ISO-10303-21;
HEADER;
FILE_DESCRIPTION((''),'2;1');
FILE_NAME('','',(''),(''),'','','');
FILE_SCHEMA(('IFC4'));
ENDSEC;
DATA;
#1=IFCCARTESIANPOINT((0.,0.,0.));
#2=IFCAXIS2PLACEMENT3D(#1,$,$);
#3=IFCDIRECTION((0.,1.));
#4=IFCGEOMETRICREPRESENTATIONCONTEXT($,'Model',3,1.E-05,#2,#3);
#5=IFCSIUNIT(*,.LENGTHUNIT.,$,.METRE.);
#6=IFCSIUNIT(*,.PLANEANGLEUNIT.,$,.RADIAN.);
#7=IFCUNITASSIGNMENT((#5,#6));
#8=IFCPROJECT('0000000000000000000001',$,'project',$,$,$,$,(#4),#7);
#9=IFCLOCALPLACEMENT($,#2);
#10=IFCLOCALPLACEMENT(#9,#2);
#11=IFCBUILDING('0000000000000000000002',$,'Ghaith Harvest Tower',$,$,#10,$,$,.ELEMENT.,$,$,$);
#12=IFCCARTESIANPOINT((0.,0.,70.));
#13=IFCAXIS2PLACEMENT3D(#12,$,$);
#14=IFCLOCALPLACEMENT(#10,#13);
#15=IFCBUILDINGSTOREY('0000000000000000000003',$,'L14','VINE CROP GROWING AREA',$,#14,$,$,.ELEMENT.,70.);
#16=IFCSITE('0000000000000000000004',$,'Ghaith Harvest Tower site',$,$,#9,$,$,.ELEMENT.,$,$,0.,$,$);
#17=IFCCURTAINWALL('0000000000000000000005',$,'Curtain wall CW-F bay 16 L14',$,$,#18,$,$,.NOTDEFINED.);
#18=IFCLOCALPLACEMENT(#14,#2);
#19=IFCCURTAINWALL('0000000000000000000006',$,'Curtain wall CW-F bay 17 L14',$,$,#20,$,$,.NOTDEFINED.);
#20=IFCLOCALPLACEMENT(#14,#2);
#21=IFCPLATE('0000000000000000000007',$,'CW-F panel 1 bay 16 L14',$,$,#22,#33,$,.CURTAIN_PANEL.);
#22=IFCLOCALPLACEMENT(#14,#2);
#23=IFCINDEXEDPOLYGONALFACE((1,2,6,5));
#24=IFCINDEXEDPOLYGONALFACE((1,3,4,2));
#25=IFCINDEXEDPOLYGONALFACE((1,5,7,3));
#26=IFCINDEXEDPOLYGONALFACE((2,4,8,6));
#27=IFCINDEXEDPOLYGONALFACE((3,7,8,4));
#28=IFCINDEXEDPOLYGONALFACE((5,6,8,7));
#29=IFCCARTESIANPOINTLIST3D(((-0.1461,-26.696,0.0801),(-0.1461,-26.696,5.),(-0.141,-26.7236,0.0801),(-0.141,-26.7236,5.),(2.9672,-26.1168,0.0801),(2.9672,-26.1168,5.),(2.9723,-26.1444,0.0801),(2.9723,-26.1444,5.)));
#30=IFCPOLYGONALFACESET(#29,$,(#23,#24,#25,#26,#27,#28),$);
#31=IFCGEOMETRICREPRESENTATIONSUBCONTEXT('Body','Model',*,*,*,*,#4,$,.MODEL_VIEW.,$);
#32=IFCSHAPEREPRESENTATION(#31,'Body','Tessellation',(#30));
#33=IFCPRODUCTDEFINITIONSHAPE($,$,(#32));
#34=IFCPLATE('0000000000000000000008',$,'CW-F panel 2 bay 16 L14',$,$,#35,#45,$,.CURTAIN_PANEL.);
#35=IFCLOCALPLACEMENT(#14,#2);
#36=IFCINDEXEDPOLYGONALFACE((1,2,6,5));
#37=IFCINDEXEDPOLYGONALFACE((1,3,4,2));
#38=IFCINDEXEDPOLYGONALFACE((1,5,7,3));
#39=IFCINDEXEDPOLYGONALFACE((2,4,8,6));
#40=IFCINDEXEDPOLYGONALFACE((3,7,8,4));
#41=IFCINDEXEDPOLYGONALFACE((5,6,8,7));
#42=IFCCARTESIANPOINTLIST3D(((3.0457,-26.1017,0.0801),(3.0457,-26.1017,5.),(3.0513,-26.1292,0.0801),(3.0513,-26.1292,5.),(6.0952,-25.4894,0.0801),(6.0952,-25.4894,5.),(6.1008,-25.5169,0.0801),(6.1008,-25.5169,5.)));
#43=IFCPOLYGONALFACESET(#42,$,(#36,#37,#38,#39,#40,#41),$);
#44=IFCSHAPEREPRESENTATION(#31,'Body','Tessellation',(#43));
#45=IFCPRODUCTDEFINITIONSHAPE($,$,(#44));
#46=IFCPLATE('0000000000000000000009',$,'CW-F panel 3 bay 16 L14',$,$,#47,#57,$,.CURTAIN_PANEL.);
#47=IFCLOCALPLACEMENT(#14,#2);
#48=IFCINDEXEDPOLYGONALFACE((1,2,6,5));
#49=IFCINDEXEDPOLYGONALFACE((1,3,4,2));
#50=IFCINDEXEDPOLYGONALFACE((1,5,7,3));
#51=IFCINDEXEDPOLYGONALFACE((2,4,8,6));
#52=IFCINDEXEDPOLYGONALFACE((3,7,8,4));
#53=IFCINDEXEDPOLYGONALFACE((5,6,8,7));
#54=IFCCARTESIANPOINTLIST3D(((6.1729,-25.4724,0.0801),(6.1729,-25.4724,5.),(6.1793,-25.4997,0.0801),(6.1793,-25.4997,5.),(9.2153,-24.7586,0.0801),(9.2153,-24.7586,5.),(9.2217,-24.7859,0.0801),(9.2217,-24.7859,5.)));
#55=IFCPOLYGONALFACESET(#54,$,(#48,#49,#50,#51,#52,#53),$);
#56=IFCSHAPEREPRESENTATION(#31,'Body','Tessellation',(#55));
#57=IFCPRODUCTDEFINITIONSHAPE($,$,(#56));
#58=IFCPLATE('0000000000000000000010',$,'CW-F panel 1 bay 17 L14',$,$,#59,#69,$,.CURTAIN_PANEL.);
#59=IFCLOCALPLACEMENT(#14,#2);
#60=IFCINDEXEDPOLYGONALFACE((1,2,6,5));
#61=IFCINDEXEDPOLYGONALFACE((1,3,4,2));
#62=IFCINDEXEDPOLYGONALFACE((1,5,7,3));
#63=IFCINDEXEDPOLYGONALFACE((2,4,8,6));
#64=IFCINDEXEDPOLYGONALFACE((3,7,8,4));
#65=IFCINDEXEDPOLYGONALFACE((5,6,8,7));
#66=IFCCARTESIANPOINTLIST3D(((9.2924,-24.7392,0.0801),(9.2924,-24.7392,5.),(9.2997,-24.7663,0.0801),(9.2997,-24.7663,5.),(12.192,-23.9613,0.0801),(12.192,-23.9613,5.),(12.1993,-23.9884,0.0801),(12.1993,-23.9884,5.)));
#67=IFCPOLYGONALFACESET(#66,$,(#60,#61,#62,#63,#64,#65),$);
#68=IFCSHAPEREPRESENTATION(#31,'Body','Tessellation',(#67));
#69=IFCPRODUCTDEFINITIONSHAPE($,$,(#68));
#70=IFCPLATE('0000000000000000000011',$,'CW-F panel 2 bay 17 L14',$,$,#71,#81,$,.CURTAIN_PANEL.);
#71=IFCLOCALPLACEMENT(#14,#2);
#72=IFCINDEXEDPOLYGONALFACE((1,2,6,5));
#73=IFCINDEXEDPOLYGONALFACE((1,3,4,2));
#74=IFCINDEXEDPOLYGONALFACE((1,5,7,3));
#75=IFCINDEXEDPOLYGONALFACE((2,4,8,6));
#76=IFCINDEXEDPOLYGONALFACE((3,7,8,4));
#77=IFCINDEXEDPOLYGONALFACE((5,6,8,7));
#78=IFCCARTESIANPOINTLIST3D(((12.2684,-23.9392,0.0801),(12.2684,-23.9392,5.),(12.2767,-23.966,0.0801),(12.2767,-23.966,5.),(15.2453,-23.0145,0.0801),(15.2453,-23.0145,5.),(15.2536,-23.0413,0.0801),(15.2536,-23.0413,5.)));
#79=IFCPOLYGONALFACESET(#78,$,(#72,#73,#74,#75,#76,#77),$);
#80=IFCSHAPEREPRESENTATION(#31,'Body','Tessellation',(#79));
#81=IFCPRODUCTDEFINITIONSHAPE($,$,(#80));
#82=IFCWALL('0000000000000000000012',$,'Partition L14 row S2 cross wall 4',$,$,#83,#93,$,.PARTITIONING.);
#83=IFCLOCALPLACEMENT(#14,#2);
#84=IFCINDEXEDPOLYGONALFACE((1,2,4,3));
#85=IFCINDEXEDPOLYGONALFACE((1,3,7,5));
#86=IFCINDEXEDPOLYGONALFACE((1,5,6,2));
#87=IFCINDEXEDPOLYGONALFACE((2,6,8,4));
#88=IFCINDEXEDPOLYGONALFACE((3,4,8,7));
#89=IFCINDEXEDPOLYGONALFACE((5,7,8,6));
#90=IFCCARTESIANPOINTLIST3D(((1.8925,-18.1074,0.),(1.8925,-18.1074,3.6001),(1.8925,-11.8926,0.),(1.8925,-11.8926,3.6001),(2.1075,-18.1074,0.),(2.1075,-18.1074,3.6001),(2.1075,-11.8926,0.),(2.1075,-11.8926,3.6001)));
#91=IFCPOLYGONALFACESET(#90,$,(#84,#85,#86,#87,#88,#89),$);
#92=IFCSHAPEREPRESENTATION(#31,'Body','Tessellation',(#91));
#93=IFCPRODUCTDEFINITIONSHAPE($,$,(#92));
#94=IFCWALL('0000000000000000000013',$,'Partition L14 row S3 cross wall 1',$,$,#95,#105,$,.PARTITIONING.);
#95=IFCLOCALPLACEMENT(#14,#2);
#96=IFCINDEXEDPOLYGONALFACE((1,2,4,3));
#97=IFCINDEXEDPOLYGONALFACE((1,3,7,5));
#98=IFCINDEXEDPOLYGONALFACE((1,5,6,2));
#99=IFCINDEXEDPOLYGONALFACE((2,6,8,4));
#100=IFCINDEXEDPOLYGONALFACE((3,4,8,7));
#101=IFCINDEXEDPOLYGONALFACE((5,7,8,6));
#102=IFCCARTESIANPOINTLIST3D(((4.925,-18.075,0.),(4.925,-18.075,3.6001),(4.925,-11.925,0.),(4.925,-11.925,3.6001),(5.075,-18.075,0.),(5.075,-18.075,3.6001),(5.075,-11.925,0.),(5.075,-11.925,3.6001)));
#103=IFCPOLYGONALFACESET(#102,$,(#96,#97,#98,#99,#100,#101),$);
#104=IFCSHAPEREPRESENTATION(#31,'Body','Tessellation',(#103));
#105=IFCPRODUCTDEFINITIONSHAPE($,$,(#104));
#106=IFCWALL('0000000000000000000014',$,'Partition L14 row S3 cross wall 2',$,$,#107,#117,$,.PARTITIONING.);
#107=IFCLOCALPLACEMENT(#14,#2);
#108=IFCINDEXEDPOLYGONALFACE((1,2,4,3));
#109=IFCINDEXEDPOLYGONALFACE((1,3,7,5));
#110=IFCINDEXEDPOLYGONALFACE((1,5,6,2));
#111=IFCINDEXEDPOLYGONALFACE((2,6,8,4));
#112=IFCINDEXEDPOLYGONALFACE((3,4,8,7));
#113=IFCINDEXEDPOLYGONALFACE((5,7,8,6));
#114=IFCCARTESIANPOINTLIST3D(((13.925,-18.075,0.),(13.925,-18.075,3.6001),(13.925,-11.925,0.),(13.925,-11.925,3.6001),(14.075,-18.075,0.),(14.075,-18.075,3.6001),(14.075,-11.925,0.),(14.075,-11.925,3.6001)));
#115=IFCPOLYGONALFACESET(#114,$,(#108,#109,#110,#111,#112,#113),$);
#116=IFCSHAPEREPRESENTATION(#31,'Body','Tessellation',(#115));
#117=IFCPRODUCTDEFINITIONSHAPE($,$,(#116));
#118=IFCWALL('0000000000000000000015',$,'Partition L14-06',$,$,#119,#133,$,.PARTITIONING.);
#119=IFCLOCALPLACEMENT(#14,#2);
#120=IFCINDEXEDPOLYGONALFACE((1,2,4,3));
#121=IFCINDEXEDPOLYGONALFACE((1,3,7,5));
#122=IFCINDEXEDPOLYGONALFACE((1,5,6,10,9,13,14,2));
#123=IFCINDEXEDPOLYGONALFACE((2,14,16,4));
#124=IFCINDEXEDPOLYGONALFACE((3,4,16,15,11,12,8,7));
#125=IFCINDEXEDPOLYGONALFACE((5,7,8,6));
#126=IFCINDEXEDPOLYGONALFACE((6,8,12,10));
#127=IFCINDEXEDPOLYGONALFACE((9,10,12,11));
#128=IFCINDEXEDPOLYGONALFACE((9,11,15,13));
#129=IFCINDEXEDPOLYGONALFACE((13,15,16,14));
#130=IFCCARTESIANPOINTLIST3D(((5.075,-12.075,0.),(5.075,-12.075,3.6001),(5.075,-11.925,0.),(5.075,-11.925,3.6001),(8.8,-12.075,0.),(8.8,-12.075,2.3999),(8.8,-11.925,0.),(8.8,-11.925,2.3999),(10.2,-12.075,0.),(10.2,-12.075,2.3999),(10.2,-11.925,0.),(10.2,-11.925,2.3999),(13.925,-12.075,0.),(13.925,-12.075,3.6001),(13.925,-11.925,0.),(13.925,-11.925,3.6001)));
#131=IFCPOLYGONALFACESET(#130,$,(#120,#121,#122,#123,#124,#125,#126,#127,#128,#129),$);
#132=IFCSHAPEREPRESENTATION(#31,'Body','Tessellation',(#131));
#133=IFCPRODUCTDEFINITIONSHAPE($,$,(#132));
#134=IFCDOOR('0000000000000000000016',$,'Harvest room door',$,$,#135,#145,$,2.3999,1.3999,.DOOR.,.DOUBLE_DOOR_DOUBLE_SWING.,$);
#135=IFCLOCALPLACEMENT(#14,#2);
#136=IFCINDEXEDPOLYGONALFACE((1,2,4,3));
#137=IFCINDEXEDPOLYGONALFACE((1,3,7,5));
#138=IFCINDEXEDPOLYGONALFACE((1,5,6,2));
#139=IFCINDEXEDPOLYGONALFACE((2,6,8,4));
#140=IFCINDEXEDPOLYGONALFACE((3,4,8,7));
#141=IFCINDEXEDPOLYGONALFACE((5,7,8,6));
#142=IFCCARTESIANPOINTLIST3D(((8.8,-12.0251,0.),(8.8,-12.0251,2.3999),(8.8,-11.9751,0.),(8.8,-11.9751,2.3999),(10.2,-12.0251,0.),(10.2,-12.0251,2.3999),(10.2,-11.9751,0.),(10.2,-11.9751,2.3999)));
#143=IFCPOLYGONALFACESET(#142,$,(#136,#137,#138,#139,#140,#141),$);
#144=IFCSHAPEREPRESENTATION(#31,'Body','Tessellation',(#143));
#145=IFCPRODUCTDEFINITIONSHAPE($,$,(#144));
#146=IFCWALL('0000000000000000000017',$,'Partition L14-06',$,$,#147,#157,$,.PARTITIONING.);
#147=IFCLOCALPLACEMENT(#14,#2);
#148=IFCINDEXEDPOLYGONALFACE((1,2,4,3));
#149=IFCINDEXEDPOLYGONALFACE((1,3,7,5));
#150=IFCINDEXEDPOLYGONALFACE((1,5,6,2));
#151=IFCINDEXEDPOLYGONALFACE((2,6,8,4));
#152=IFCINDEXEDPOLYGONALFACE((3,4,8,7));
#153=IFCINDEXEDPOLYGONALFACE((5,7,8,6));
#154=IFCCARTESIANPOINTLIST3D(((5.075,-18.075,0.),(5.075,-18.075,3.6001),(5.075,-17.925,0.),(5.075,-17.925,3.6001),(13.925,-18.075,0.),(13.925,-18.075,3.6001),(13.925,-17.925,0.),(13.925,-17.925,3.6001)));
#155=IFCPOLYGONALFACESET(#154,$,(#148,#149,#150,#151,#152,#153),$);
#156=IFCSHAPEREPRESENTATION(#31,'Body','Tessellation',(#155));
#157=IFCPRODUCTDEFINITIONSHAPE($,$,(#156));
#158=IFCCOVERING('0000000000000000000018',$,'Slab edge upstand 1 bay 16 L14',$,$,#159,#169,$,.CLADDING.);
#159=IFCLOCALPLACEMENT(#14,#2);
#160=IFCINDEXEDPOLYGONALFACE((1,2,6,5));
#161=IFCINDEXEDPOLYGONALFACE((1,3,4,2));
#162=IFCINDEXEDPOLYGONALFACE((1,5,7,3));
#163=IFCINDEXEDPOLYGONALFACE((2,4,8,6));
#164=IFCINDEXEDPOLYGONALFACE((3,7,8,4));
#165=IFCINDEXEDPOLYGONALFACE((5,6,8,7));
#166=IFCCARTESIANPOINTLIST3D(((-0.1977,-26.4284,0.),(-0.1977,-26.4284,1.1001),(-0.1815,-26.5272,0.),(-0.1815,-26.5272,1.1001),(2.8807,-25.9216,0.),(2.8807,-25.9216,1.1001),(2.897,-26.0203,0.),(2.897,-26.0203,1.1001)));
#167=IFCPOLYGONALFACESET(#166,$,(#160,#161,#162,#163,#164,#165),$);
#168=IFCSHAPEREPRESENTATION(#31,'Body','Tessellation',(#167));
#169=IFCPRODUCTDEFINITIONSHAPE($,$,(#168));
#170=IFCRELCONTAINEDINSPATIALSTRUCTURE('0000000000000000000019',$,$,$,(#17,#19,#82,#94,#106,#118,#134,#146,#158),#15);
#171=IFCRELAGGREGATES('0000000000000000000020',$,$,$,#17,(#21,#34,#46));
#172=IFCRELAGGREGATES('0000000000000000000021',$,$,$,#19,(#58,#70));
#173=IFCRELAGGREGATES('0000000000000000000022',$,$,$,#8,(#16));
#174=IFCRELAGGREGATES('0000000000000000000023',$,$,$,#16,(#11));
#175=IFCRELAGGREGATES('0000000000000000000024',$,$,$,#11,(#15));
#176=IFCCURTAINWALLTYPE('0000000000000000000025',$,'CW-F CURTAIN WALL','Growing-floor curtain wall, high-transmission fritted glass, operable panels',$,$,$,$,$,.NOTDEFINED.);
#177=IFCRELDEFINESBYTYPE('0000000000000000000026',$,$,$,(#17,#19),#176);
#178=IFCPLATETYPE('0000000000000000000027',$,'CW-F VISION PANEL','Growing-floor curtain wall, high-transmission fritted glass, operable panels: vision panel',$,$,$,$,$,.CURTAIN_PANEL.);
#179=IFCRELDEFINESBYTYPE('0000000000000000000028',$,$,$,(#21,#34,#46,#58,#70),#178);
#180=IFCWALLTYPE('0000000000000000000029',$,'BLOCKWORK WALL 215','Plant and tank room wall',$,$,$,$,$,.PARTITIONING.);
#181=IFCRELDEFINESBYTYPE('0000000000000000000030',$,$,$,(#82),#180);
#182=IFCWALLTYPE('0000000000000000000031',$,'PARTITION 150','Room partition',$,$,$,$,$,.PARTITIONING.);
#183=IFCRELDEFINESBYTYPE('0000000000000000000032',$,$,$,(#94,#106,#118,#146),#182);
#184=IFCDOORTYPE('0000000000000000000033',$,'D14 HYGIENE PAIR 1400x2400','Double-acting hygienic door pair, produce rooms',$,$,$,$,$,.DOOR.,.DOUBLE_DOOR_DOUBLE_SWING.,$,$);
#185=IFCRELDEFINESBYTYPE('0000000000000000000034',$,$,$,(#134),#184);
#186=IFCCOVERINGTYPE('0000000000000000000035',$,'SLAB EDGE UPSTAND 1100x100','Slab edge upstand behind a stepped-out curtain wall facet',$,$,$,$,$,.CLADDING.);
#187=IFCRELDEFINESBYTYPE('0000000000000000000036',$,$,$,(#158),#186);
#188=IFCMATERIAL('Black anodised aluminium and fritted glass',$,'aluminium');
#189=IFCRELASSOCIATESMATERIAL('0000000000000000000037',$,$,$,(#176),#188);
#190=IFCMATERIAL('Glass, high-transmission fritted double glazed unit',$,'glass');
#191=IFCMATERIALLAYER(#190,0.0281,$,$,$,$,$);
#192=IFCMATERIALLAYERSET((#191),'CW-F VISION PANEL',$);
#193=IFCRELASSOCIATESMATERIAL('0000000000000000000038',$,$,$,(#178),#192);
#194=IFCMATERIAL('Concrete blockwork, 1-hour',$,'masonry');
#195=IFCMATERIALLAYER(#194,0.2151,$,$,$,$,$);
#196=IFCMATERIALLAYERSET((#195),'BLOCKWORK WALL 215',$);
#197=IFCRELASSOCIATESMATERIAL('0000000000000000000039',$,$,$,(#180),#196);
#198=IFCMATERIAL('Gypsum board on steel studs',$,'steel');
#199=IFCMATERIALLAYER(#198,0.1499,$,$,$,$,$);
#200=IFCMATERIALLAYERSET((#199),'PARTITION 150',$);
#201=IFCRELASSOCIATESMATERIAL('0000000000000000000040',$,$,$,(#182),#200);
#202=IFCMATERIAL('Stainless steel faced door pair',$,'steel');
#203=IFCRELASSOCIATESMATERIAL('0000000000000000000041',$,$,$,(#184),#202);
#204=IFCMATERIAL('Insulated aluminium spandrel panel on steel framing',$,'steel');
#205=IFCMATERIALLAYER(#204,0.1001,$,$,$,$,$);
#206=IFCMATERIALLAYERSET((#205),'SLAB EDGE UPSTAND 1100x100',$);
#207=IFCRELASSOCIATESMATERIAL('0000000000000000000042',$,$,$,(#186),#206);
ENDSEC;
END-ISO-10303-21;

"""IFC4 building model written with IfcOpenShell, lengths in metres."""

from ifc_helpers import new_model, si_unit, direction, frame, frame_2d, origin, origin_2d, place, context, subcontext, project, spatial, rectangle, extrude, material, layer, layer_set, type_object, element, fill, aggregate, save


model = new_model("IFC4")

# Units and contexts
model_context = context("Model", 3, precision=1e-05, world=origin(), true_north=direction((0.0, 1.0)))
body_context = subcontext(model_context, "Body", "Model", "MODEL_VIEW")
ifc_project = project(units=[si_unit("LENGTHUNIT", "METRE"), si_unit("PLANEANGLEUNIT", "RADIAN")], contexts=[model_context])

# Site, building, storey
site_placement = place(None, origin())
site = spatial("IfcSite", under=ifc_project, at=site_placement, Name="Ghaith Harvest Tower site", CompositionType="ELEMENT", RefElevation=0.0)
building_placement = place(site_placement, origin())
building = spatial("IfcBuilding", under=site, at=building_placement, Name="Ghaith Harvest Tower", CompositionType="ELEMENT")
storey_placement = place(building_placement, frame((0.0, 0.0, 70.0)))
storey = spatial("IfcBuildingStorey", under=building, at=storey_placement, Name="L14", Description="VINE CROP GROWING AREA", CompositionType="ELEMENT", Elevation=70.0)

# Curtain walls
ifc_material_1 = material(Name="Black anodised aluminium and fritted glass", Category="aluminium")
curtain_wall_type = type_object("IfcCurtainWallType", Name="CW-F CURTAIN WALL", Description="Growing-floor curtain wall, high-transmission fritted glass, operable panels", PredefinedType="NOTDEFINED", material=ifc_material_1)
curtain_wall_1_placement = place(storey_placement, origin())
curtain_wall_1 = element("IfcCurtainWall", 1, at=curtain_wall_1_placement, inside=storey, type_object=curtain_wall_type, Name="Curtain wall CW-F bay 16 L14", PredefinedType="NOTDEFINED")
curtain_wall_2_placement = place(storey_placement, origin())
curtain_wall_2 = element("IfcCurtainWall", 2, at=curtain_wall_2_placement, inside=storey, type_object=curtain_wall_type, Name="Curtain wall CW-F bay 17 L14", PredefinedType="NOTDEFINED")

# Plates
ifc_material_2 = material(Name="Glass, high-transmission fritted double glazed unit", Category="glass")
ifc_layer_1 = layer(ifc_material_2, 0.0281)
ifc_layer_set_1 = layer_set([ifc_layer_1], Name="CW-F VISION PANEL")
plate_type = type_object("IfcPlateType", Name="CW-F VISION PANEL", Description="Growing-floor curtain wall, high-transmission fritted glass, operable panels: vision panel", PredefinedType="CURTAIN_PANEL", material=ifc_layer_set_1)
plate_1_placement = place(storey_placement, frame((1.4131, -26.4202, 0.0801), z_axis=(0.0, 0.0, 1.0), x_axis=(0.983131, 0.182902, 0.0)))
plate_1 = element("IfcPlate", 3, at=plate_1_placement, type_object=plate_type, Name="CW-F panel 1 bay 16 L14", PredefinedType="CURTAIN_PANEL", context=body_context, shape_type="SweptSolid", body=[
    extrude(rectangle(XDim=3.1667, YDim=0.0281, at=origin_2d()), origin(), (0.0, 0.0, 1.0), 4.9199),
])
plate_2_placement = place(storey_placement, frame((4.5732, -25.8093, 0.0801), z_axis=(0.0, 0.0, 1.0), x_axis=(0.980432, 0.196856, 0.0)))
plate_2 = element("IfcPlate", 4, at=plate_2_placement, type_object=plate_type, Name="CW-F panel 2 bay 16 L14", PredefinedType="CURTAIN_PANEL", context=body_context, shape_type="SweptSolid", body=[
    extrude(rectangle(XDim=3.1104, YDim=0.0281, at=origin_2d()), origin(), (0.0, 0.0, 1.0), 4.9199),
])
plate_3_placement = place(storey_placement, frame((7.6973, -25.1292, 0.0801), z_axis=(0.0, 0.0, 1.0), x_axis=(0.973565, 0.228411, 0.0)))
plate_3 = element("IfcPlate", 5, at=plate_3_placement, type_object=plate_type, Name="CW-F panel 3 bay 16 L14", PredefinedType="CURTAIN_PANEL", context=body_context, shape_type="SweptSolid", body=[
    extrude(rectangle(XDim=3.125, YDim=0.0281, at=origin_2d()), origin(), (0.0, 0.0, 1.0), 4.9199),
])
aggregate(curtain_wall_1, [plate_1, plate_2, plate_3])
plate_4_placement = place(storey_placement, frame((10.7458, -24.3638, 0.0801), z_axis=(0.0, 0.0, 1.0), x_axis=(0.965848, 0.259108, 0.0)))
plate_4 = element("IfcPlate", 6, at=plate_4_placement, type_object=plate_type, Name="CW-F panel 1 bay 17 L14", PredefinedType="CURTAIN_PANEL", context=body_context, shape_type="SweptSolid", body=[
    extrude(rectangle(XDim=3.0022, YDim=0.0281, at=origin_2d()), origin(), (0.0, 0.0, 1.0), 4.9199),
])
plate_5_placement = place(storey_placement, frame((13.761, -23.4902, 0.0801), z_axis=(0.0, 0.0, 1.0), x_axis=(0.954988, 0.296644, 0.0)))
plate_5 = element("IfcPlate", 7, at=plate_5_placement, type_object=plate_type, Name="CW-F panel 2 bay 17 L14", PredefinedType="CURTAIN_PANEL", context=body_context, shape_type="SweptSolid", body=[
    extrude(rectangle(XDim=3.1172, YDim=0.0281, at=origin_2d()), origin(), (0.0, 0.0, 1.0), 4.9199),
])
aggregate(curtain_wall_2, [plate_4, plate_5])

# Walls
ifc_material_3 = material(Name="Concrete blockwork, 1-hour", Category="masonry")
ifc_layer_2 = layer(ifc_material_3, 0.2151)
ifc_layer_set_2 = layer_set([ifc_layer_2], Name="BLOCKWORK WALL 215")
wall_type_1 = type_object("IfcWallType", Name="BLOCKWORK WALL 215", Description="Plant and tank room wall", PredefinedType="PARTITIONING", material=ifc_layer_set_2)
wall_1_placement = place(storey_placement, frame((2.0, -11.8926, 0.0), z_axis=(0.0, 0.0, 1.0), x_axis=(0.0, -1.0, 0.0)))
element("IfcWall", 8, at=wall_1_placement, inside=storey, type_object=wall_type_1, Name="Partition L14 row S2 cross wall 4", PredefinedType="PARTITIONING", context=body_context, shape_type="SweptSolid", body=[
    extrude(rectangle(XDim=6.2148, YDim=0.2151, at=frame_2d((3.1074, 0.0))), origin(), (0.0, 0.0, 1.0), 3.6001),
])
ifc_material_4 = material(Name="Gypsum board on steel studs", Category="steel")
ifc_layer_3 = layer(ifc_material_4, 0.1499)
ifc_layer_set_3 = layer_set([ifc_layer_3], Name="PARTITION 150")
wall_type_2 = type_object("IfcWallType", Name="PARTITION 150", Description="Room partition", PredefinedType="PARTITIONING", material=ifc_layer_set_3)
for number, where, z_axis, x_axis, name in (
    (9, (5.0, -11.925, 0.0), (0.0, 0.0, 1.0), (0.0, -1.0, 0.0), "Partition L14 row S3 cross wall 1"),
    (10, (14.0, -11.925, 0.0), (0.0, 0.0, 1.0), (0.0, -1.0, 0.0), "Partition L14 row S3 cross wall 2"),
):
    element("IfcWall", number, at=place(storey_placement, frame(where, z_axis=z_axis, x_axis=x_axis)), inside=storey, type_object=wall_type_2, Name=name, PredefinedType="PARTITIONING", context=body_context, shape_type="SweptSolid", body=[
        extrude(rectangle(XDim=6.1499, YDim=0.1499, at=frame_2d((3.075, 0.0))), origin(), (0.0, 0.0, 1.0), 3.6001),
    ])

# Wall, opening, door
wall_2_placement = place(storey_placement, frame((5.075, -12.0, 0.0), z_axis=(0.0, 0.0, 1.0), x_axis=(1.0, 0.0, 0.0)))
wall_2 = element("IfcWall", 11, at=wall_2_placement, inside=storey, type_object=wall_type_2, Name="Partition L14-06", PredefinedType="PARTITIONING", context=body_context, shape_type="SweptSolid", body=[
    extrude(rectangle(XDim=8.8501, YDim=0.1499, at=frame_2d((4.425, 0.0))), origin(), (0.0, 0.0, 1.0), 3.6001),
])
opening_placement = place(wall_2_placement, frame((3.7251, 0.0, 0.0)))
opening = element("IfcOpeningElement", 12, at=opening_placement, cuts=wall_2, PredefinedType="OPENING", context=body_context, shape_type="SweptSolid", body=[
    extrude(rectangle(XDim=1.3999, YDim=2.3999, at=frame_2d((0.7, 1.2))), frame((0.0, 0.085, 0.0), z_axis=(0.0, -1.0, 0.0), x_axis=(1.0, 0.0, 0.0)), (0.0, 0.0, 1.0), 0.1699),
])
ifc_material_5 = material(Name="Stainless steel faced door pair", Category="steel")
door_type = type_object("IfcDoorType", Name="D14 HYGIENE PAIR 1400x2400", Description="Double-acting hygienic door pair, produce rooms", OperationType="DOUBLE_DOOR_DOUBLE_SWING", PredefinedType="DOOR", material=ifc_material_5)
door_placement = place(opening_placement, origin())
door = element("IfcDoor", 13, at=door_placement, inside=storey, type_object=door_type, Name="Harvest room door", OperationType="DOUBLE_DOOR_DOUBLE_SWING", OverallHeight=2.3999, OverallWidth=1.3999, PredefinedType="DOOR", context=body_context, shape_type="SweptSolid", body=[
    extrude(rectangle(XDim=1.3999, YDim=2.3999, at=frame_2d((0.7, 1.2))), frame((0.0, 0.0249, 0.0), z_axis=(0.0, -1.0, 0.0), x_axis=(1.0, 0.0, 0.0)), (0.0, 0.0, 1.0), 0.05),
])
fill(opening, door)

# Wall
wall_3_placement = place(storey_placement, frame((5.075, -18.0, 0.0), z_axis=(0.0, 0.0, 1.0), x_axis=(1.0, 0.0, 0.0)))
element("IfcWall", 14, at=wall_3_placement, inside=storey, type_object=wall_type_2, Name="Partition L14-06", PredefinedType="PARTITIONING", context=body_context, shape_type="SweptSolid", body=[
    extrude(rectangle(XDim=8.8501, YDim=0.1499, at=frame_2d((4.425, 0.0))), origin(), (0.0, 0.0, 1.0), 3.6001),
])

# Covering
ifc_material_6 = material(Name="Insulated aluminium spandrel panel on steel framing", Category="steel")
ifc_layer_4 = layer(ifc_material_6, 0.1001)
ifc_layer_set_4 = layer_set([ifc_layer_4], Name="SLAB EDGE UPSTAND 1100x100")
covering_type = type_object("IfcCoveringType", Name="SLAB EDGE UPSTAND 1100x100", Description="Slab edge upstand behind a stepped-out curtain wall facet", PredefinedType="CLADDING", material=ifc_layer_set_4)
covering_placement = place(storey_placement, frame((1.3496, -26.2244, 0.0), z_axis=(0.0, 0.0, 1.0), x_axis=(0.986716, 0.162453, 0.0)))
element("IfcCovering", 15, at=covering_placement, inside=storey, type_object=covering_type, Name="Slab edge upstand 1 bay 16 L14", PredefinedType="CLADDING", context=body_context, shape_type="SweptSolid", body=[
    extrude(rectangle(XDim=3.1199, YDim=0.1001, at=origin_2d()), origin(), (0.0, 0.0, 1.0), 1.1001),
])

save(model, "model.ifc")
